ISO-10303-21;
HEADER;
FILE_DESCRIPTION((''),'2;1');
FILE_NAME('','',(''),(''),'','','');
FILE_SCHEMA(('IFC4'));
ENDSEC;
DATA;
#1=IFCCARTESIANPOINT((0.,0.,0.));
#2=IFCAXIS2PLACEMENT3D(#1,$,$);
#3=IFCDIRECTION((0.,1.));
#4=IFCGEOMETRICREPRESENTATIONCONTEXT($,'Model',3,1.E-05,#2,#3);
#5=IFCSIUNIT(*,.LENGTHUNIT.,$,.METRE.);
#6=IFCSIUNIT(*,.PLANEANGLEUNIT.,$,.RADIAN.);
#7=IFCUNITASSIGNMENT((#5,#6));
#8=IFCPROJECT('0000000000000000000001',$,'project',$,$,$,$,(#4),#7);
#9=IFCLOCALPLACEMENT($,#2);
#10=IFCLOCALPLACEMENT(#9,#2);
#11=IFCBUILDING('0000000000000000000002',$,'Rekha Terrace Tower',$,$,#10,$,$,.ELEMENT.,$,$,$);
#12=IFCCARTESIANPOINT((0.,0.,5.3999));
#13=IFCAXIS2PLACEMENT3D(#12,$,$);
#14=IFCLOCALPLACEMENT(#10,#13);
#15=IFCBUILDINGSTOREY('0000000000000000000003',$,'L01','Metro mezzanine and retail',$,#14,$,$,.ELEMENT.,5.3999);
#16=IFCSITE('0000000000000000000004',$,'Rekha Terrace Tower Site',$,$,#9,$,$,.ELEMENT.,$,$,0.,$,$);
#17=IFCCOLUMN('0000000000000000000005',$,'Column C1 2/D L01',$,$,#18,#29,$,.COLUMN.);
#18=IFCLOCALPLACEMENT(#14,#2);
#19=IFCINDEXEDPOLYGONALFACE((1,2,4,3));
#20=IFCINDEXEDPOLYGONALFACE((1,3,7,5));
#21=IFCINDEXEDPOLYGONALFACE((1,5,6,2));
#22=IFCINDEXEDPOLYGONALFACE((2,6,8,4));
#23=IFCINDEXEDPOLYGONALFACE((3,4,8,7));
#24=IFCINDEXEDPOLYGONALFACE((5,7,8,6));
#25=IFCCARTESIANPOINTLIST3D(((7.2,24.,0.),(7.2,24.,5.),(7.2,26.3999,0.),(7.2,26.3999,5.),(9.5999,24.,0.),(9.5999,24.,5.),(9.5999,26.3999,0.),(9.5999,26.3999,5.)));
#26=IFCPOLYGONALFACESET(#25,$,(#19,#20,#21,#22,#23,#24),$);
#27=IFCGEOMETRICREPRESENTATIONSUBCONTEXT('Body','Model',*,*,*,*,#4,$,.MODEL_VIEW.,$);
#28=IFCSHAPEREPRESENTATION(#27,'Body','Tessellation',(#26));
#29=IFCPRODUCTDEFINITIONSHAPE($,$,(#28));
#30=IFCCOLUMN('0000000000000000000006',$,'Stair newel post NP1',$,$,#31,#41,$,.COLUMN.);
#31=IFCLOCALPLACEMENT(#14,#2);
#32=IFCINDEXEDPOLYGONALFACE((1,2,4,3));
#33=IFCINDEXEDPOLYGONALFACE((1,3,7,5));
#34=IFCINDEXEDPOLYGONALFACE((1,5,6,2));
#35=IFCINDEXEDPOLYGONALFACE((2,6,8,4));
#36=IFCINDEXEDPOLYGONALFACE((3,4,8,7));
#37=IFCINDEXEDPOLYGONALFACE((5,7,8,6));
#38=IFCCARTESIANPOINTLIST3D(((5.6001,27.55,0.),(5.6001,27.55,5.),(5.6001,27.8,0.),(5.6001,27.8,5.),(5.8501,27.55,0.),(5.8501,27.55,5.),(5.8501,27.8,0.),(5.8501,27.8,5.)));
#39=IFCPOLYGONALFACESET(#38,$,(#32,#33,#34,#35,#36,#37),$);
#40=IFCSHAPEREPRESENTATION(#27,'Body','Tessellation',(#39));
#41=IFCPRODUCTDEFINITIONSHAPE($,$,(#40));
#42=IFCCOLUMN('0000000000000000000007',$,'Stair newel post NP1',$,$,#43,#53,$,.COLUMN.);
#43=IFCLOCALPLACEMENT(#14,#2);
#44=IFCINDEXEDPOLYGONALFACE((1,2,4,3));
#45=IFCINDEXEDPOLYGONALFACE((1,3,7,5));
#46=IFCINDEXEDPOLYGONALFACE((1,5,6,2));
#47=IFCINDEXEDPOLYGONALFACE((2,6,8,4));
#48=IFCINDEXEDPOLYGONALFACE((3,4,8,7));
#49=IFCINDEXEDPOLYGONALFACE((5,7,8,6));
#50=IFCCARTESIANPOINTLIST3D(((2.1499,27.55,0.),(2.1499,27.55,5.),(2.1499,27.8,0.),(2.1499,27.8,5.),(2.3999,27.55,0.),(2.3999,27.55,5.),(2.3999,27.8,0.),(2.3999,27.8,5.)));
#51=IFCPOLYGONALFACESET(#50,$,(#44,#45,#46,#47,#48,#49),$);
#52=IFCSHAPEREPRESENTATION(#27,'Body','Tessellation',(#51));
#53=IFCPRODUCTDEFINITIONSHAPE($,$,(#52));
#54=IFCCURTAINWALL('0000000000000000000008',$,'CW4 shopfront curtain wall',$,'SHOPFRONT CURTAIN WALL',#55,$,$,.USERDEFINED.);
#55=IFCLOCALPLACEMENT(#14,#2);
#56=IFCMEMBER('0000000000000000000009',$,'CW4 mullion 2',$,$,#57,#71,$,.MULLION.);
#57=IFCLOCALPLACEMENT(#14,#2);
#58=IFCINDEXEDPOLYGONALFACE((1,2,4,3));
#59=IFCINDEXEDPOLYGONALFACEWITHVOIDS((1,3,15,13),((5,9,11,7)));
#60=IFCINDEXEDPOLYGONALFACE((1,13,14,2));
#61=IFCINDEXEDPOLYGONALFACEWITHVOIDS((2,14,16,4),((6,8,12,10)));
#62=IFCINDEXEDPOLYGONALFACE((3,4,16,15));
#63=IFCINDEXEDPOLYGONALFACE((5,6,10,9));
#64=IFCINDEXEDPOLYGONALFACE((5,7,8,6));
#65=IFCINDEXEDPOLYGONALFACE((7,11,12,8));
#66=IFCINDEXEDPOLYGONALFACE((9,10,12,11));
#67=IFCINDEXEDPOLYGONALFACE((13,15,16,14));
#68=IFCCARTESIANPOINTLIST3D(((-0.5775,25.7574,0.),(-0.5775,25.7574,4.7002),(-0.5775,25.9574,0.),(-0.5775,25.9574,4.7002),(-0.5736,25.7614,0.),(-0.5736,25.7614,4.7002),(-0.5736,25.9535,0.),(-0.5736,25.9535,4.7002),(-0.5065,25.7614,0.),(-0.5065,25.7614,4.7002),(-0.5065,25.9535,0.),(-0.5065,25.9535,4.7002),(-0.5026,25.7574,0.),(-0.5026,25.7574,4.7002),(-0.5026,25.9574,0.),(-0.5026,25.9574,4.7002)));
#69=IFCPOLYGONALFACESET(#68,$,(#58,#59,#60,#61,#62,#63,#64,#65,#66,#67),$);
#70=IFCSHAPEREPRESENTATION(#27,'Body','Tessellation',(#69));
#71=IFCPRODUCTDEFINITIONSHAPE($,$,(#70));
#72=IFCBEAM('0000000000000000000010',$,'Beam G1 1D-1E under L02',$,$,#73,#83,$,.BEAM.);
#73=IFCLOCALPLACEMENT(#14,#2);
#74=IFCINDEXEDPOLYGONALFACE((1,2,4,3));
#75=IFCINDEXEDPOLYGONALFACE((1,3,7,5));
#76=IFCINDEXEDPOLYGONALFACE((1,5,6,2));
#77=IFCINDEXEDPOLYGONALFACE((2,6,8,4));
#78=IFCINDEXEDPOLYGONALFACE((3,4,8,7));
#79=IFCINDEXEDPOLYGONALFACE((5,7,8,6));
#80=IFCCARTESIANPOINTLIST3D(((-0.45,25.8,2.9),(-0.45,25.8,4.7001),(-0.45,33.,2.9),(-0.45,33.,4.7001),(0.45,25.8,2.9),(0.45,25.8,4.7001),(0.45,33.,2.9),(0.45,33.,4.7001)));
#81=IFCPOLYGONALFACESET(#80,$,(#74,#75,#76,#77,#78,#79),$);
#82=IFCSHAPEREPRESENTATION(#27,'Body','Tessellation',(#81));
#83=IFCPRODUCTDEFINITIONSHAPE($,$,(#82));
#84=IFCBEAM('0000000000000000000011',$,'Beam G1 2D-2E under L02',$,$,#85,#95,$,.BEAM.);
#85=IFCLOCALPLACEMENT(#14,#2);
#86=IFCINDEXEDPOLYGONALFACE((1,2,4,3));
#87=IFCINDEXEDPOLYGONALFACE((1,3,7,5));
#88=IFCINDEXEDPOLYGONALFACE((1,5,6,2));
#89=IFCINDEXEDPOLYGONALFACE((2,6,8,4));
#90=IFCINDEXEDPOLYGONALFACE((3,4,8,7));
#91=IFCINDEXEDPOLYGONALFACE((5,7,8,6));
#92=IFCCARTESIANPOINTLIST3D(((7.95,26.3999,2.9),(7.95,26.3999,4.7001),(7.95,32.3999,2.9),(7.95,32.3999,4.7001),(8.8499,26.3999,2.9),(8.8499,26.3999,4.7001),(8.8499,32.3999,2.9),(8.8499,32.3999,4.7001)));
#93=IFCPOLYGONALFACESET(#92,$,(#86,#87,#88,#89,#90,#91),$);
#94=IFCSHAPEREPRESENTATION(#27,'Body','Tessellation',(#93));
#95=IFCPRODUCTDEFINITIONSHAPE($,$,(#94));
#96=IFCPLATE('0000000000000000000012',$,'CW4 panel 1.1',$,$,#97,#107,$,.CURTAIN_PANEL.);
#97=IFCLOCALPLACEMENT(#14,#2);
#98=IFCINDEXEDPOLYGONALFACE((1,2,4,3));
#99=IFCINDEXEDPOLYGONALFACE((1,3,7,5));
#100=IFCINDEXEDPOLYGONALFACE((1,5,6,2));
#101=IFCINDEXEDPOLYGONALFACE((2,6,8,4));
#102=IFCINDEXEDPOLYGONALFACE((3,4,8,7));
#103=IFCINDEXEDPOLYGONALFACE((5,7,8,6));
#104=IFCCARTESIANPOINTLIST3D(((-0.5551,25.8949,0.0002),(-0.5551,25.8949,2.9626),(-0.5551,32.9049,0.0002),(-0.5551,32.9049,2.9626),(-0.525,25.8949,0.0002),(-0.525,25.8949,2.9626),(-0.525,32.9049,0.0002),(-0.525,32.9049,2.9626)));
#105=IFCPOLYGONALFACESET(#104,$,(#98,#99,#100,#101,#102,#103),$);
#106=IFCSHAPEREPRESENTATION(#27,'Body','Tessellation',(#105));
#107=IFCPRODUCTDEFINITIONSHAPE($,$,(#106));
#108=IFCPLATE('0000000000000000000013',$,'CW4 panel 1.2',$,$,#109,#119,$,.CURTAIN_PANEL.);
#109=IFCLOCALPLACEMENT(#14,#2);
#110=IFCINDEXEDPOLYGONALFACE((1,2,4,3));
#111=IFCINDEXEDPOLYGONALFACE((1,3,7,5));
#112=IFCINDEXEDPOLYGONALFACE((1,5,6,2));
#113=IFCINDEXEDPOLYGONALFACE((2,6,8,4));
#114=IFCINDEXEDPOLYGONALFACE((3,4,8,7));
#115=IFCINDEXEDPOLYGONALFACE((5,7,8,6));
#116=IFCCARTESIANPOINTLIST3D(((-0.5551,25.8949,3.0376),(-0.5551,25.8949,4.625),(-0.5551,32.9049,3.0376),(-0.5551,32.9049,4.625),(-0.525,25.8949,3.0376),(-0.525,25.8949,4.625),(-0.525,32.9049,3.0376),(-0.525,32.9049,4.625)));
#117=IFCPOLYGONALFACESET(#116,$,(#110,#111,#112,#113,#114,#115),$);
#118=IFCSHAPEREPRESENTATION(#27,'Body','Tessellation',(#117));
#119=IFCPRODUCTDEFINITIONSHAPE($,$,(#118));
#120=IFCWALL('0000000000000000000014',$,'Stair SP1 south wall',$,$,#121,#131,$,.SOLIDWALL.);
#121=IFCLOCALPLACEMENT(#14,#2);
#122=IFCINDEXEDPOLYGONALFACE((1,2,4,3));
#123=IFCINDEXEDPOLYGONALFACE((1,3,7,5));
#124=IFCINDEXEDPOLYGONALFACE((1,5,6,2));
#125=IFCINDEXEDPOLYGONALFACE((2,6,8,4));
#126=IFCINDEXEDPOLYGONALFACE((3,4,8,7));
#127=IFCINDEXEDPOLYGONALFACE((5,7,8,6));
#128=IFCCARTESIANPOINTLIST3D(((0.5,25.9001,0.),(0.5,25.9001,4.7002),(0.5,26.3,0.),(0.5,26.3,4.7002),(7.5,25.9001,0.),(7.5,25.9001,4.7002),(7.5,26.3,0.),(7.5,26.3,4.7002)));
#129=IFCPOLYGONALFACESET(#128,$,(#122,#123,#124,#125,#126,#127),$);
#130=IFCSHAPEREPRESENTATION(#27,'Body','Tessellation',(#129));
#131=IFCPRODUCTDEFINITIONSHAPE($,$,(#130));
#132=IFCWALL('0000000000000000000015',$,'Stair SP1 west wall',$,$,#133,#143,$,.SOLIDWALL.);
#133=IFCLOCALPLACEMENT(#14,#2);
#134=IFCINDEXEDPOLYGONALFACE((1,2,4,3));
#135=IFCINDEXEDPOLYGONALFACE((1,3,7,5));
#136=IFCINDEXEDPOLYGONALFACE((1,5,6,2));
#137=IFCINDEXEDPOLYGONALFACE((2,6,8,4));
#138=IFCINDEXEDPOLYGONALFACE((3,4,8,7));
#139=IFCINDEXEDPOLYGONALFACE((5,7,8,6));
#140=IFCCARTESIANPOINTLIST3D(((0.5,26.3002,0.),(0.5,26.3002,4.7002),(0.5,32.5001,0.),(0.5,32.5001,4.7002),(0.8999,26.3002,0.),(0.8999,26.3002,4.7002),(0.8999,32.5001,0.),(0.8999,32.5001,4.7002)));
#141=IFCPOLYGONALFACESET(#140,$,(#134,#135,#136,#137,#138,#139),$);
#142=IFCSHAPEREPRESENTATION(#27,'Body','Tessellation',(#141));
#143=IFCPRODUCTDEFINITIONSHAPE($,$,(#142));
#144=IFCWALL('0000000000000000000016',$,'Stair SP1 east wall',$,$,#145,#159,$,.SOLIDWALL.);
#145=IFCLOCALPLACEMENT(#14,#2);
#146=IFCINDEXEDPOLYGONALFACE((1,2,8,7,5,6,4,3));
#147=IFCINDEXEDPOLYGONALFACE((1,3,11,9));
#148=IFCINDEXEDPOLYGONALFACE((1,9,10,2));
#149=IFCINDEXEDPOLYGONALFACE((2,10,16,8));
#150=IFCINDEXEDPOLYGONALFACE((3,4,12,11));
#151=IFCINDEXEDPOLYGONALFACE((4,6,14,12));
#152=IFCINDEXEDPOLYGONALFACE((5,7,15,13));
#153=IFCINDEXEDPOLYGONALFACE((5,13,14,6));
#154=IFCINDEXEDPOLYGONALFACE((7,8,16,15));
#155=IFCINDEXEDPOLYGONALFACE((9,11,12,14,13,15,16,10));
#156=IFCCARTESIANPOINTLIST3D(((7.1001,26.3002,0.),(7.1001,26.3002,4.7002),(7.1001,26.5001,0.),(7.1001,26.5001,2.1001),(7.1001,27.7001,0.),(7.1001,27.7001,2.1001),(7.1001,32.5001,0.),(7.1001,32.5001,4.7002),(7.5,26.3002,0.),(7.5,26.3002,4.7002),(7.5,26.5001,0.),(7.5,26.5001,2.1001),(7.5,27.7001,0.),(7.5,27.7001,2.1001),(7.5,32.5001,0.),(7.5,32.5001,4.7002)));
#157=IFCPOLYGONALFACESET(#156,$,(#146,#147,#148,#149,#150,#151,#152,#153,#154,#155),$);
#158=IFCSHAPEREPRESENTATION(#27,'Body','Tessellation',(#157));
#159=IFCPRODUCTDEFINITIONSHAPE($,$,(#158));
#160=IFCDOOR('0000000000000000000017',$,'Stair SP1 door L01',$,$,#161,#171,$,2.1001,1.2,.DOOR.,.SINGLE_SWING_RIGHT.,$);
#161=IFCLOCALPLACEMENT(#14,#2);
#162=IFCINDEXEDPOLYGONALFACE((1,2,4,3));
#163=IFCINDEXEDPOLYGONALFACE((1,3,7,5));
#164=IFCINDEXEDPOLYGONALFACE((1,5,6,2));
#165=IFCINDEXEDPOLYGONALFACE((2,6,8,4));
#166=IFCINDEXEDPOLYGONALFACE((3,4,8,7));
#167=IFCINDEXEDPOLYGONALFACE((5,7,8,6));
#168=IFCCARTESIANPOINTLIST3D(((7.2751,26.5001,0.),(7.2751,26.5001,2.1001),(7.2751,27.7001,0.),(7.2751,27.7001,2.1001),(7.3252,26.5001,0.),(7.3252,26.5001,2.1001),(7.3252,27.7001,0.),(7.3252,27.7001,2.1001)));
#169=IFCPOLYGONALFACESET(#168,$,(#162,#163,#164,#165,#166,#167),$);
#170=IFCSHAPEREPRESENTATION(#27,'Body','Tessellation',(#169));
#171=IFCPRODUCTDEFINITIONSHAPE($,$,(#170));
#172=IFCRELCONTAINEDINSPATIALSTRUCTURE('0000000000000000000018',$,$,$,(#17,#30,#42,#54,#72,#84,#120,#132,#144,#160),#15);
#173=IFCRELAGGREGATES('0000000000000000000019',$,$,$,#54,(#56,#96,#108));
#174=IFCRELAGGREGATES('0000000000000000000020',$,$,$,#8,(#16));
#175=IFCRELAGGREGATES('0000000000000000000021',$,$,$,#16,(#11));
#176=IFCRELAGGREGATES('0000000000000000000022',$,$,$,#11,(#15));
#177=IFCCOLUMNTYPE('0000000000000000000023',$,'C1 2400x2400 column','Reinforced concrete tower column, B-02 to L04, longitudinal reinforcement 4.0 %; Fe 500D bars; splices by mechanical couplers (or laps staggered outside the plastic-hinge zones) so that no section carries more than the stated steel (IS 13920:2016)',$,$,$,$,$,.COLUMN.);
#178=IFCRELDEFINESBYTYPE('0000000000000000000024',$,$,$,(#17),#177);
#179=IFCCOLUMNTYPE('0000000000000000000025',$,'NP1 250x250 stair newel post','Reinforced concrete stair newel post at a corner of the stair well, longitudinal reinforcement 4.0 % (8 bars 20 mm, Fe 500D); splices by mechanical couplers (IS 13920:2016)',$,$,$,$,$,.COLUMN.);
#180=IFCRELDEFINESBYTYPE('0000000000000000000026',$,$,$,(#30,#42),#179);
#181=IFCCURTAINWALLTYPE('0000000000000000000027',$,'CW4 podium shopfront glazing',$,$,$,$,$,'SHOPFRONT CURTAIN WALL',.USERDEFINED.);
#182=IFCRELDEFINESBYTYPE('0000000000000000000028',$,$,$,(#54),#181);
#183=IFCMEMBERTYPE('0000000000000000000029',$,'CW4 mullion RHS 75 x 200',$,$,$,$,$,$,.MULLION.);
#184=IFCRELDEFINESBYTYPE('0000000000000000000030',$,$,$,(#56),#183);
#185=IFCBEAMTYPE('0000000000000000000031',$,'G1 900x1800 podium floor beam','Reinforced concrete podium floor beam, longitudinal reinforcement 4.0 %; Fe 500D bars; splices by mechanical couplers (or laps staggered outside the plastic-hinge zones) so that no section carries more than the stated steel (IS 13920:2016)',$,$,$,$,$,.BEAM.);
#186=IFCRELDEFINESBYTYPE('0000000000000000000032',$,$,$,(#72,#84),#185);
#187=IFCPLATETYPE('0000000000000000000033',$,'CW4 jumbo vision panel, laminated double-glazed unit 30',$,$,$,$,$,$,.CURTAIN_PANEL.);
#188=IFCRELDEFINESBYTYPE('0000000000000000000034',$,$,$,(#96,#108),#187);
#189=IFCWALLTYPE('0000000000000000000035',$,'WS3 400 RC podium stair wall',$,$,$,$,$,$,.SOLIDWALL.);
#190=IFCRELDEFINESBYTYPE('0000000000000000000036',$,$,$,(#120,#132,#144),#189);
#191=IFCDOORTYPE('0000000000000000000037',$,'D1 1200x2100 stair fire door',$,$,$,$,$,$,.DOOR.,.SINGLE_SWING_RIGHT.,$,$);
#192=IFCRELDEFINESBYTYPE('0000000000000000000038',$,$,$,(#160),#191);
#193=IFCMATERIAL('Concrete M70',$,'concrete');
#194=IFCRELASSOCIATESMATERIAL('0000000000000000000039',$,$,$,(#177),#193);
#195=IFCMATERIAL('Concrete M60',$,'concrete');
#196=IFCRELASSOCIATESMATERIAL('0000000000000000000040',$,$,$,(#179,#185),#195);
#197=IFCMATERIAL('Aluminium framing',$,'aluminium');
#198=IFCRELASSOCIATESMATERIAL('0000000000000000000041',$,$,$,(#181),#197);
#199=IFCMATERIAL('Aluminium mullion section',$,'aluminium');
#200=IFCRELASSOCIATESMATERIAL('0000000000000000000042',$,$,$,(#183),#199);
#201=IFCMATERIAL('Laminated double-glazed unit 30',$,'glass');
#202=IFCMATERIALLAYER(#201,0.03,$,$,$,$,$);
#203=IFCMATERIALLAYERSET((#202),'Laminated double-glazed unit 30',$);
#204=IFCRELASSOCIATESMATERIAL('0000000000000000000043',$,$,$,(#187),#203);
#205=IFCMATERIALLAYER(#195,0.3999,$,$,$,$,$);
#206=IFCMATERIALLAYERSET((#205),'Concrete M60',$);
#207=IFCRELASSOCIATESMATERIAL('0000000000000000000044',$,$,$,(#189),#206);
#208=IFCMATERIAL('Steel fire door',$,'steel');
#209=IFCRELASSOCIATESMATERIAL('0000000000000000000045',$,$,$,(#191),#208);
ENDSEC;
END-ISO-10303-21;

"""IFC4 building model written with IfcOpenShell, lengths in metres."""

from ifc_helpers import new_model, si_unit, direction, frame, frame_2d, origin, origin_2d, place, context, subcontext, project, spatial, rectangle, hollow_rectangle, extrude, material, layer, layer_set, material_profile, profile_set, type_object, element, fill, aggregate, save


model = new_model("IFC4")

# Units and contexts
model_context = context("Model", 3, precision=1e-05, world=origin(), true_north=direction((0.0, 1.0)))
body_context = subcontext(model_context, "Body", "Model", "MODEL_VIEW")
ifc_project = project(units=[si_unit("LENGTHUNIT", "METRE"), si_unit("PLANEANGLEUNIT", "RADIAN")], contexts=[model_context])

# Site, building, storey
site_placement = place(None, origin())
site = spatial("IfcSite", under=ifc_project, at=site_placement, Name="Rekha Terrace Tower Site", CompositionType="ELEMENT", RefElevation=0.0)
building_placement = place(site_placement, origin())
building = spatial("IfcBuilding", under=site, at=building_placement, Name="Rekha Terrace Tower", CompositionType="ELEMENT")
storey_placement = place(building_placement, frame((0.0, 0.0, 5.3999)))
storey = spatial("IfcBuildingStorey", under=building, at=storey_placement, Name="L01", Description="Metro mezzanine and retail", CompositionType="ELEMENT", Elevation=5.3999)

# Columns
ifc_material_1 = material(Name="Concrete M70", Category="concrete")
ifc_material_profile_1 = material_profile(ifc_material_1, rectangle(XDim=2.3999, YDim=2.3999, at=origin_2d()), Name="RC 2400x2400")
ifc_profile_set_1 = profile_set([ifc_material_profile_1], Name="Concrete M70")
column_type_1 = type_object("IfcColumnType", Name="C1 2400x2400 column", Description="Reinforced concrete tower column, B-02 to L04, longitudinal reinforcement 4.0 %; Fe 500D bars; splices by mechanical couplers (or laps staggered outside the plastic-hinge zones) so that no section carries more than the stated steel (IS 13920:2016)", PredefinedType="COLUMN", material=ifc_profile_set_1)
column_placement = place(storey_placement, frame((8.3999, 25.2, 0.0), z_axis=(0.0, 0.0, 1.0), x_axis=(1.0, 0.0, 0.0)))
element("IfcColumn", 1, at=column_placement, inside=storey, type_object=column_type_1, Name="Column C1 2/D L01", PredefinedType="COLUMN", context=body_context, shape_type="SweptSolid", body=[
    extrude(rectangle(XDim=2.3999, YDim=2.3999, at=origin_2d()), origin(), (0.0, 0.0, 1.0), 5.0),
])
ifc_material_2 = material(Name="Concrete M60", Category="concrete")
ifc_material_profile_2 = material_profile(ifc_material_2, rectangle(XDim=0.25, YDim=0.25, at=origin_2d()), Name="RC 250x250")
ifc_profile_set_2 = profile_set([ifc_material_profile_2], Name="Concrete M60")
column_type_2 = type_object("IfcColumnType", Name="NP1 250x250 stair newel post", Description="Reinforced concrete stair newel post at a corner of the stair well, longitudinal reinforcement 4.0 % (8 bars 20 mm, Fe 500D); splices by mechanical couplers (IS 13920:2016)", PredefinedType="COLUMN", material=ifc_profile_set_2)
for number, where, z_axis, x_axis, name in (
    (2, (5.7251, 27.675, 0.0), (0.0, 0.0, 1.0), (1.0, 0.0, 0.0), "Stair newel post NP1"),
    (3, (2.2749, 27.675, 0.0), (0.0, 0.0, 1.0), (1.0, 0.0, 0.0), "Stair newel post NP1"),
):
    element("IfcColumn", number, at=place(storey_placement, frame(where, z_axis=z_axis, x_axis=x_axis)), inside=storey, type_object=column_type_2, Name=name, PredefinedType="COLUMN", context=body_context, shape_type="SweptSolid", body=[
        extrude(rectangle(XDim=0.25, YDim=0.25, at=origin_2d()), origin(), (0.0, 0.0, 1.0), 5.0),
    ])

# Curtain wall, member
ifc_material_3 = material(Name="Aluminium framing", Category="aluminium")
curtain_wall_type = type_object("IfcCurtainWallType", Name="CW4 podium shopfront glazing", ElementType="SHOPFRONT CURTAIN WALL", PredefinedType="USERDEFINED", material=ifc_material_3)
curtain_wall_placement = place(storey_placement, origin())
curtain_wall = element("IfcCurtainWall", 4, at=curtain_wall_placement, inside=storey, type_object=curtain_wall_type, Name="CW4 shopfront curtain wall", ObjectType="SHOPFRONT CURTAIN WALL", PredefinedType="USERDEFINED")
ifc_material_4 = material(Name="Aluminium mullion section", Category="aluminium")
ifc_material_profile_3 = material_profile(ifc_material_4, hollow_rectangle(XDim=0.075, YDim=0.2, WallThickness=0.0039, at=origin_2d()), Name="AL RHS 75x200")
ifc_profile_set_3 = profile_set([ifc_material_profile_3], Name="Aluminium mullion section")
member_type = type_object("IfcMemberType", Name="CW4 mullion RHS 75 x 200", PredefinedType="MULLION", material=ifc_profile_set_3)
member_placement = place(storey_placement, frame((-0.54, 25.8574, 0.0), z_axis=(0.0, 0.0, 1.0), x_axis=(1.0, 0.0, 0.0)))
member = element("IfcMember", 5, at=member_placement, type_object=member_type, Name="CW4 mullion 2", PredefinedType="MULLION", context=body_context, shape_type="SweptSolid", body=[
    extrude(hollow_rectangle(XDim=0.075, YDim=0.2, WallThickness=0.0039, at=origin_2d()), origin(), (0.0, 0.0, 1.0), 4.7002),
])

# Beams
ifc_material_profile_4 = material_profile(ifc_material_2, rectangle(XDim=0.8999, YDim=1.8, at=origin_2d()), Name="RC 900x1800")
ifc_profile_set_4 = profile_set([ifc_material_profile_4], Name="Concrete M60")
beam_type = type_object("IfcBeamType", Name="G1 900x1800 podium floor beam", Description="Reinforced concrete podium floor beam, longitudinal reinforcement 4.0 %; Fe 500D bars; splices by mechanical couplers (or laps staggered outside the plastic-hinge zones) so that no section carries more than the stated steel (IS 13920:2016)", PredefinedType="BEAM", material=ifc_profile_set_4)
beam_1_placement = place(storey_placement, frame((0.0, 25.8, 3.8), z_axis=(0.0, 1.0, 0.0), x_axis=(-1.0, 0.0, 0.0)))
element("IfcBeam", 6, at=beam_1_placement, inside=storey, type_object=beam_type, Name="Beam G1 1D-1E under L02", PredefinedType="BEAM", context=body_context, shape_type="SweptSolid", body=[
    extrude(rectangle(XDim=0.8999, YDim=1.8, at=origin_2d()), origin(), (0.0, 0.0, 1.0), 7.2),
])
beam_2_placement = place(storey_placement, frame((8.3999, 26.3999, 3.8), z_axis=(0.0, 1.0, 0.0), x_axis=(-1.0, 0.0, 0.0)))
element("IfcBeam", 7, at=beam_2_placement, inside=storey, type_object=beam_type, Name="Beam G1 2D-2E under L02", PredefinedType="BEAM", context=body_context, shape_type="SweptSolid", body=[
    extrude(rectangle(XDim=0.8999, YDim=1.8, at=origin_2d()), origin(), (0.0, 0.0, 1.0), 6.0),
])

# Plates
ifc_material_5 = material(Name="Laminated double-glazed unit 30", Category="glass")
ifc_layer_1 = layer(ifc_material_5, 0.03)
ifc_layer_set_1 = layer_set([ifc_layer_1], Name="Laminated double-glazed unit 30")
plate_type = type_object("IfcPlateType", Name="CW4 jumbo vision panel, laminated double-glazed unit 30", PredefinedType="CURTAIN_PANEL", material=ifc_layer_set_1)
plate_1_placement = place(storey_placement, frame((-0.54, 29.3999, 0.0002), z_axis=(0.0, 0.0, 1.0), x_axis=(0.0, -1.0, 0.0)))
plate_1 = element("IfcPlate", 8, at=plate_1_placement, type_object=plate_type, Name="CW4 panel 1.1", PredefinedType="CURTAIN_PANEL", context=body_context, shape_type="SweptSolid", body=[
    extrude(rectangle(XDim=7.01, YDim=0.03, at=origin_2d()), origin(), (0.0, 0.0, 1.0), 2.9624),
])
plate_2_placement = place(storey_placement, frame((-0.54, 29.3999, 3.0376), z_axis=(0.0, 0.0, 1.0), x_axis=(0.0, -1.0, 0.0)))
plate_2 = element("IfcPlate", 9, at=plate_2_placement, type_object=plate_type, Name="CW4 panel 1.2", PredefinedType="CURTAIN_PANEL", context=body_context, shape_type="SweptSolid", body=[
    extrude(rectangle(XDim=7.01, YDim=0.03, at=origin_2d()), origin(), (0.0, 0.0, 1.0), 1.5874),
])
aggregate(curtain_wall, [member, plate_1, plate_2])

# Walls
ifc_layer_2 = layer(ifc_material_2, 0.3999)
ifc_layer_set_2 = layer_set([ifc_layer_2], Name="Concrete M60")
wall_type = type_object("IfcWallType", Name="WS3 400 RC podium stair wall", PredefinedType="SOLIDWALL", material=ifc_layer_set_2)
wall_1_placement = place(storey_placement, frame((0.5, 26.1001, 0.0), z_axis=(0.0, 0.0, 1.0), x_axis=(1.0, 0.0, 0.0)))
element("IfcWall", 10, at=wall_1_placement, inside=storey, type_object=wall_type, Name="Stair SP1 south wall", PredefinedType="SOLIDWALL", context=body_context, shape_type="SweptSolid", body=[
    extrude(rectangle(XDim=7.0, YDim=0.3999, at=frame_2d((3.5, 0.0))), origin(), (0.0, 0.0, 1.0), 4.7002),
])
wall_2_placement = place(storey_placement, frame((0.7, 26.3, 0.0), z_axis=(0.0, 0.0, 1.0), x_axis=(0.0, 1.0, 0.0)))
element("IfcWall", 11, at=wall_2_placement, inside=storey, type_object=wall_type, Name="Stair SP1 west wall", PredefinedType="SOLIDWALL", context=body_context, shape_type="SweptSolid", body=[
    extrude(rectangle(XDim=6.2, YDim=0.3999, at=frame_2d((3.1001, 0.0))), origin(), (0.0, 0.0, 1.0), 4.7002),
])

# Wall, opening, door
wall_3_placement = place(storey_placement, frame((7.3, 26.3, 0.0), z_axis=(0.0, 0.0, 1.0), x_axis=(0.0, 1.0, 0.0)))
wall_3 = element("IfcWall", 12, at=wall_3_placement, inside=storey, type_object=wall_type, Name="Stair SP1 east wall", PredefinedType="SOLIDWALL", context=body_context, shape_type="SweptSolid", body=[
    extrude(rectangle(XDim=6.2, YDim=0.3999, at=frame_2d((3.1001, 0.0))), origin(), (0.0, 0.0, 1.0), 4.7002),
])
opening_placement = place(wall_3_placement, frame((0.2, 0.0, 0.0)))
opening = element("IfcOpeningElement", 13, at=opening_placement, cuts=wall_3, PredefinedType="OPENING", context=body_context, shape_type="SweptSolid", body=[
    extrude(rectangle(XDim=1.2, YDim=2.1001, at=frame_2d((0.6001, 1.05))), frame((0.0, 0.21, 0.0), z_axis=(0.0, -1.0, 0.0), x_axis=(1.0, 0.0, 0.0)), (0.0, 0.0, 1.0), 0.4199),
])
ifc_material_6 = material(Name="Steel fire door", Category="steel")
door_type = type_object("IfcDoorType", Name="D1 1200x2100 stair fire door", OperationType="SINGLE_SWING_RIGHT", PredefinedType="DOOR", material=ifc_material_6)
door_placement = place(opening_placement, origin())
door = element("IfcDoor", 14, at=door_placement, inside=storey, type_object=door_type, Name="Stair SP1 door L01", OperationType="SINGLE_SWING_RIGHT", OverallHeight=2.1001, OverallWidth=1.2, PredefinedType="DOOR", context=body_context, shape_type="SweptSolid", body=[
    extrude(rectangle(XDim=1.2, YDim=2.1001, at=frame_2d((0.6001, 1.05))), frame((0.0, 0.0249, 0.0), z_axis=(0.0, -1.0, 0.0), x_axis=(1.0, 0.0, 0.0)), (0.0, 0.0, 1.0), 0.05),
])
fill(opening, door)

save(model, "model.ifc")
